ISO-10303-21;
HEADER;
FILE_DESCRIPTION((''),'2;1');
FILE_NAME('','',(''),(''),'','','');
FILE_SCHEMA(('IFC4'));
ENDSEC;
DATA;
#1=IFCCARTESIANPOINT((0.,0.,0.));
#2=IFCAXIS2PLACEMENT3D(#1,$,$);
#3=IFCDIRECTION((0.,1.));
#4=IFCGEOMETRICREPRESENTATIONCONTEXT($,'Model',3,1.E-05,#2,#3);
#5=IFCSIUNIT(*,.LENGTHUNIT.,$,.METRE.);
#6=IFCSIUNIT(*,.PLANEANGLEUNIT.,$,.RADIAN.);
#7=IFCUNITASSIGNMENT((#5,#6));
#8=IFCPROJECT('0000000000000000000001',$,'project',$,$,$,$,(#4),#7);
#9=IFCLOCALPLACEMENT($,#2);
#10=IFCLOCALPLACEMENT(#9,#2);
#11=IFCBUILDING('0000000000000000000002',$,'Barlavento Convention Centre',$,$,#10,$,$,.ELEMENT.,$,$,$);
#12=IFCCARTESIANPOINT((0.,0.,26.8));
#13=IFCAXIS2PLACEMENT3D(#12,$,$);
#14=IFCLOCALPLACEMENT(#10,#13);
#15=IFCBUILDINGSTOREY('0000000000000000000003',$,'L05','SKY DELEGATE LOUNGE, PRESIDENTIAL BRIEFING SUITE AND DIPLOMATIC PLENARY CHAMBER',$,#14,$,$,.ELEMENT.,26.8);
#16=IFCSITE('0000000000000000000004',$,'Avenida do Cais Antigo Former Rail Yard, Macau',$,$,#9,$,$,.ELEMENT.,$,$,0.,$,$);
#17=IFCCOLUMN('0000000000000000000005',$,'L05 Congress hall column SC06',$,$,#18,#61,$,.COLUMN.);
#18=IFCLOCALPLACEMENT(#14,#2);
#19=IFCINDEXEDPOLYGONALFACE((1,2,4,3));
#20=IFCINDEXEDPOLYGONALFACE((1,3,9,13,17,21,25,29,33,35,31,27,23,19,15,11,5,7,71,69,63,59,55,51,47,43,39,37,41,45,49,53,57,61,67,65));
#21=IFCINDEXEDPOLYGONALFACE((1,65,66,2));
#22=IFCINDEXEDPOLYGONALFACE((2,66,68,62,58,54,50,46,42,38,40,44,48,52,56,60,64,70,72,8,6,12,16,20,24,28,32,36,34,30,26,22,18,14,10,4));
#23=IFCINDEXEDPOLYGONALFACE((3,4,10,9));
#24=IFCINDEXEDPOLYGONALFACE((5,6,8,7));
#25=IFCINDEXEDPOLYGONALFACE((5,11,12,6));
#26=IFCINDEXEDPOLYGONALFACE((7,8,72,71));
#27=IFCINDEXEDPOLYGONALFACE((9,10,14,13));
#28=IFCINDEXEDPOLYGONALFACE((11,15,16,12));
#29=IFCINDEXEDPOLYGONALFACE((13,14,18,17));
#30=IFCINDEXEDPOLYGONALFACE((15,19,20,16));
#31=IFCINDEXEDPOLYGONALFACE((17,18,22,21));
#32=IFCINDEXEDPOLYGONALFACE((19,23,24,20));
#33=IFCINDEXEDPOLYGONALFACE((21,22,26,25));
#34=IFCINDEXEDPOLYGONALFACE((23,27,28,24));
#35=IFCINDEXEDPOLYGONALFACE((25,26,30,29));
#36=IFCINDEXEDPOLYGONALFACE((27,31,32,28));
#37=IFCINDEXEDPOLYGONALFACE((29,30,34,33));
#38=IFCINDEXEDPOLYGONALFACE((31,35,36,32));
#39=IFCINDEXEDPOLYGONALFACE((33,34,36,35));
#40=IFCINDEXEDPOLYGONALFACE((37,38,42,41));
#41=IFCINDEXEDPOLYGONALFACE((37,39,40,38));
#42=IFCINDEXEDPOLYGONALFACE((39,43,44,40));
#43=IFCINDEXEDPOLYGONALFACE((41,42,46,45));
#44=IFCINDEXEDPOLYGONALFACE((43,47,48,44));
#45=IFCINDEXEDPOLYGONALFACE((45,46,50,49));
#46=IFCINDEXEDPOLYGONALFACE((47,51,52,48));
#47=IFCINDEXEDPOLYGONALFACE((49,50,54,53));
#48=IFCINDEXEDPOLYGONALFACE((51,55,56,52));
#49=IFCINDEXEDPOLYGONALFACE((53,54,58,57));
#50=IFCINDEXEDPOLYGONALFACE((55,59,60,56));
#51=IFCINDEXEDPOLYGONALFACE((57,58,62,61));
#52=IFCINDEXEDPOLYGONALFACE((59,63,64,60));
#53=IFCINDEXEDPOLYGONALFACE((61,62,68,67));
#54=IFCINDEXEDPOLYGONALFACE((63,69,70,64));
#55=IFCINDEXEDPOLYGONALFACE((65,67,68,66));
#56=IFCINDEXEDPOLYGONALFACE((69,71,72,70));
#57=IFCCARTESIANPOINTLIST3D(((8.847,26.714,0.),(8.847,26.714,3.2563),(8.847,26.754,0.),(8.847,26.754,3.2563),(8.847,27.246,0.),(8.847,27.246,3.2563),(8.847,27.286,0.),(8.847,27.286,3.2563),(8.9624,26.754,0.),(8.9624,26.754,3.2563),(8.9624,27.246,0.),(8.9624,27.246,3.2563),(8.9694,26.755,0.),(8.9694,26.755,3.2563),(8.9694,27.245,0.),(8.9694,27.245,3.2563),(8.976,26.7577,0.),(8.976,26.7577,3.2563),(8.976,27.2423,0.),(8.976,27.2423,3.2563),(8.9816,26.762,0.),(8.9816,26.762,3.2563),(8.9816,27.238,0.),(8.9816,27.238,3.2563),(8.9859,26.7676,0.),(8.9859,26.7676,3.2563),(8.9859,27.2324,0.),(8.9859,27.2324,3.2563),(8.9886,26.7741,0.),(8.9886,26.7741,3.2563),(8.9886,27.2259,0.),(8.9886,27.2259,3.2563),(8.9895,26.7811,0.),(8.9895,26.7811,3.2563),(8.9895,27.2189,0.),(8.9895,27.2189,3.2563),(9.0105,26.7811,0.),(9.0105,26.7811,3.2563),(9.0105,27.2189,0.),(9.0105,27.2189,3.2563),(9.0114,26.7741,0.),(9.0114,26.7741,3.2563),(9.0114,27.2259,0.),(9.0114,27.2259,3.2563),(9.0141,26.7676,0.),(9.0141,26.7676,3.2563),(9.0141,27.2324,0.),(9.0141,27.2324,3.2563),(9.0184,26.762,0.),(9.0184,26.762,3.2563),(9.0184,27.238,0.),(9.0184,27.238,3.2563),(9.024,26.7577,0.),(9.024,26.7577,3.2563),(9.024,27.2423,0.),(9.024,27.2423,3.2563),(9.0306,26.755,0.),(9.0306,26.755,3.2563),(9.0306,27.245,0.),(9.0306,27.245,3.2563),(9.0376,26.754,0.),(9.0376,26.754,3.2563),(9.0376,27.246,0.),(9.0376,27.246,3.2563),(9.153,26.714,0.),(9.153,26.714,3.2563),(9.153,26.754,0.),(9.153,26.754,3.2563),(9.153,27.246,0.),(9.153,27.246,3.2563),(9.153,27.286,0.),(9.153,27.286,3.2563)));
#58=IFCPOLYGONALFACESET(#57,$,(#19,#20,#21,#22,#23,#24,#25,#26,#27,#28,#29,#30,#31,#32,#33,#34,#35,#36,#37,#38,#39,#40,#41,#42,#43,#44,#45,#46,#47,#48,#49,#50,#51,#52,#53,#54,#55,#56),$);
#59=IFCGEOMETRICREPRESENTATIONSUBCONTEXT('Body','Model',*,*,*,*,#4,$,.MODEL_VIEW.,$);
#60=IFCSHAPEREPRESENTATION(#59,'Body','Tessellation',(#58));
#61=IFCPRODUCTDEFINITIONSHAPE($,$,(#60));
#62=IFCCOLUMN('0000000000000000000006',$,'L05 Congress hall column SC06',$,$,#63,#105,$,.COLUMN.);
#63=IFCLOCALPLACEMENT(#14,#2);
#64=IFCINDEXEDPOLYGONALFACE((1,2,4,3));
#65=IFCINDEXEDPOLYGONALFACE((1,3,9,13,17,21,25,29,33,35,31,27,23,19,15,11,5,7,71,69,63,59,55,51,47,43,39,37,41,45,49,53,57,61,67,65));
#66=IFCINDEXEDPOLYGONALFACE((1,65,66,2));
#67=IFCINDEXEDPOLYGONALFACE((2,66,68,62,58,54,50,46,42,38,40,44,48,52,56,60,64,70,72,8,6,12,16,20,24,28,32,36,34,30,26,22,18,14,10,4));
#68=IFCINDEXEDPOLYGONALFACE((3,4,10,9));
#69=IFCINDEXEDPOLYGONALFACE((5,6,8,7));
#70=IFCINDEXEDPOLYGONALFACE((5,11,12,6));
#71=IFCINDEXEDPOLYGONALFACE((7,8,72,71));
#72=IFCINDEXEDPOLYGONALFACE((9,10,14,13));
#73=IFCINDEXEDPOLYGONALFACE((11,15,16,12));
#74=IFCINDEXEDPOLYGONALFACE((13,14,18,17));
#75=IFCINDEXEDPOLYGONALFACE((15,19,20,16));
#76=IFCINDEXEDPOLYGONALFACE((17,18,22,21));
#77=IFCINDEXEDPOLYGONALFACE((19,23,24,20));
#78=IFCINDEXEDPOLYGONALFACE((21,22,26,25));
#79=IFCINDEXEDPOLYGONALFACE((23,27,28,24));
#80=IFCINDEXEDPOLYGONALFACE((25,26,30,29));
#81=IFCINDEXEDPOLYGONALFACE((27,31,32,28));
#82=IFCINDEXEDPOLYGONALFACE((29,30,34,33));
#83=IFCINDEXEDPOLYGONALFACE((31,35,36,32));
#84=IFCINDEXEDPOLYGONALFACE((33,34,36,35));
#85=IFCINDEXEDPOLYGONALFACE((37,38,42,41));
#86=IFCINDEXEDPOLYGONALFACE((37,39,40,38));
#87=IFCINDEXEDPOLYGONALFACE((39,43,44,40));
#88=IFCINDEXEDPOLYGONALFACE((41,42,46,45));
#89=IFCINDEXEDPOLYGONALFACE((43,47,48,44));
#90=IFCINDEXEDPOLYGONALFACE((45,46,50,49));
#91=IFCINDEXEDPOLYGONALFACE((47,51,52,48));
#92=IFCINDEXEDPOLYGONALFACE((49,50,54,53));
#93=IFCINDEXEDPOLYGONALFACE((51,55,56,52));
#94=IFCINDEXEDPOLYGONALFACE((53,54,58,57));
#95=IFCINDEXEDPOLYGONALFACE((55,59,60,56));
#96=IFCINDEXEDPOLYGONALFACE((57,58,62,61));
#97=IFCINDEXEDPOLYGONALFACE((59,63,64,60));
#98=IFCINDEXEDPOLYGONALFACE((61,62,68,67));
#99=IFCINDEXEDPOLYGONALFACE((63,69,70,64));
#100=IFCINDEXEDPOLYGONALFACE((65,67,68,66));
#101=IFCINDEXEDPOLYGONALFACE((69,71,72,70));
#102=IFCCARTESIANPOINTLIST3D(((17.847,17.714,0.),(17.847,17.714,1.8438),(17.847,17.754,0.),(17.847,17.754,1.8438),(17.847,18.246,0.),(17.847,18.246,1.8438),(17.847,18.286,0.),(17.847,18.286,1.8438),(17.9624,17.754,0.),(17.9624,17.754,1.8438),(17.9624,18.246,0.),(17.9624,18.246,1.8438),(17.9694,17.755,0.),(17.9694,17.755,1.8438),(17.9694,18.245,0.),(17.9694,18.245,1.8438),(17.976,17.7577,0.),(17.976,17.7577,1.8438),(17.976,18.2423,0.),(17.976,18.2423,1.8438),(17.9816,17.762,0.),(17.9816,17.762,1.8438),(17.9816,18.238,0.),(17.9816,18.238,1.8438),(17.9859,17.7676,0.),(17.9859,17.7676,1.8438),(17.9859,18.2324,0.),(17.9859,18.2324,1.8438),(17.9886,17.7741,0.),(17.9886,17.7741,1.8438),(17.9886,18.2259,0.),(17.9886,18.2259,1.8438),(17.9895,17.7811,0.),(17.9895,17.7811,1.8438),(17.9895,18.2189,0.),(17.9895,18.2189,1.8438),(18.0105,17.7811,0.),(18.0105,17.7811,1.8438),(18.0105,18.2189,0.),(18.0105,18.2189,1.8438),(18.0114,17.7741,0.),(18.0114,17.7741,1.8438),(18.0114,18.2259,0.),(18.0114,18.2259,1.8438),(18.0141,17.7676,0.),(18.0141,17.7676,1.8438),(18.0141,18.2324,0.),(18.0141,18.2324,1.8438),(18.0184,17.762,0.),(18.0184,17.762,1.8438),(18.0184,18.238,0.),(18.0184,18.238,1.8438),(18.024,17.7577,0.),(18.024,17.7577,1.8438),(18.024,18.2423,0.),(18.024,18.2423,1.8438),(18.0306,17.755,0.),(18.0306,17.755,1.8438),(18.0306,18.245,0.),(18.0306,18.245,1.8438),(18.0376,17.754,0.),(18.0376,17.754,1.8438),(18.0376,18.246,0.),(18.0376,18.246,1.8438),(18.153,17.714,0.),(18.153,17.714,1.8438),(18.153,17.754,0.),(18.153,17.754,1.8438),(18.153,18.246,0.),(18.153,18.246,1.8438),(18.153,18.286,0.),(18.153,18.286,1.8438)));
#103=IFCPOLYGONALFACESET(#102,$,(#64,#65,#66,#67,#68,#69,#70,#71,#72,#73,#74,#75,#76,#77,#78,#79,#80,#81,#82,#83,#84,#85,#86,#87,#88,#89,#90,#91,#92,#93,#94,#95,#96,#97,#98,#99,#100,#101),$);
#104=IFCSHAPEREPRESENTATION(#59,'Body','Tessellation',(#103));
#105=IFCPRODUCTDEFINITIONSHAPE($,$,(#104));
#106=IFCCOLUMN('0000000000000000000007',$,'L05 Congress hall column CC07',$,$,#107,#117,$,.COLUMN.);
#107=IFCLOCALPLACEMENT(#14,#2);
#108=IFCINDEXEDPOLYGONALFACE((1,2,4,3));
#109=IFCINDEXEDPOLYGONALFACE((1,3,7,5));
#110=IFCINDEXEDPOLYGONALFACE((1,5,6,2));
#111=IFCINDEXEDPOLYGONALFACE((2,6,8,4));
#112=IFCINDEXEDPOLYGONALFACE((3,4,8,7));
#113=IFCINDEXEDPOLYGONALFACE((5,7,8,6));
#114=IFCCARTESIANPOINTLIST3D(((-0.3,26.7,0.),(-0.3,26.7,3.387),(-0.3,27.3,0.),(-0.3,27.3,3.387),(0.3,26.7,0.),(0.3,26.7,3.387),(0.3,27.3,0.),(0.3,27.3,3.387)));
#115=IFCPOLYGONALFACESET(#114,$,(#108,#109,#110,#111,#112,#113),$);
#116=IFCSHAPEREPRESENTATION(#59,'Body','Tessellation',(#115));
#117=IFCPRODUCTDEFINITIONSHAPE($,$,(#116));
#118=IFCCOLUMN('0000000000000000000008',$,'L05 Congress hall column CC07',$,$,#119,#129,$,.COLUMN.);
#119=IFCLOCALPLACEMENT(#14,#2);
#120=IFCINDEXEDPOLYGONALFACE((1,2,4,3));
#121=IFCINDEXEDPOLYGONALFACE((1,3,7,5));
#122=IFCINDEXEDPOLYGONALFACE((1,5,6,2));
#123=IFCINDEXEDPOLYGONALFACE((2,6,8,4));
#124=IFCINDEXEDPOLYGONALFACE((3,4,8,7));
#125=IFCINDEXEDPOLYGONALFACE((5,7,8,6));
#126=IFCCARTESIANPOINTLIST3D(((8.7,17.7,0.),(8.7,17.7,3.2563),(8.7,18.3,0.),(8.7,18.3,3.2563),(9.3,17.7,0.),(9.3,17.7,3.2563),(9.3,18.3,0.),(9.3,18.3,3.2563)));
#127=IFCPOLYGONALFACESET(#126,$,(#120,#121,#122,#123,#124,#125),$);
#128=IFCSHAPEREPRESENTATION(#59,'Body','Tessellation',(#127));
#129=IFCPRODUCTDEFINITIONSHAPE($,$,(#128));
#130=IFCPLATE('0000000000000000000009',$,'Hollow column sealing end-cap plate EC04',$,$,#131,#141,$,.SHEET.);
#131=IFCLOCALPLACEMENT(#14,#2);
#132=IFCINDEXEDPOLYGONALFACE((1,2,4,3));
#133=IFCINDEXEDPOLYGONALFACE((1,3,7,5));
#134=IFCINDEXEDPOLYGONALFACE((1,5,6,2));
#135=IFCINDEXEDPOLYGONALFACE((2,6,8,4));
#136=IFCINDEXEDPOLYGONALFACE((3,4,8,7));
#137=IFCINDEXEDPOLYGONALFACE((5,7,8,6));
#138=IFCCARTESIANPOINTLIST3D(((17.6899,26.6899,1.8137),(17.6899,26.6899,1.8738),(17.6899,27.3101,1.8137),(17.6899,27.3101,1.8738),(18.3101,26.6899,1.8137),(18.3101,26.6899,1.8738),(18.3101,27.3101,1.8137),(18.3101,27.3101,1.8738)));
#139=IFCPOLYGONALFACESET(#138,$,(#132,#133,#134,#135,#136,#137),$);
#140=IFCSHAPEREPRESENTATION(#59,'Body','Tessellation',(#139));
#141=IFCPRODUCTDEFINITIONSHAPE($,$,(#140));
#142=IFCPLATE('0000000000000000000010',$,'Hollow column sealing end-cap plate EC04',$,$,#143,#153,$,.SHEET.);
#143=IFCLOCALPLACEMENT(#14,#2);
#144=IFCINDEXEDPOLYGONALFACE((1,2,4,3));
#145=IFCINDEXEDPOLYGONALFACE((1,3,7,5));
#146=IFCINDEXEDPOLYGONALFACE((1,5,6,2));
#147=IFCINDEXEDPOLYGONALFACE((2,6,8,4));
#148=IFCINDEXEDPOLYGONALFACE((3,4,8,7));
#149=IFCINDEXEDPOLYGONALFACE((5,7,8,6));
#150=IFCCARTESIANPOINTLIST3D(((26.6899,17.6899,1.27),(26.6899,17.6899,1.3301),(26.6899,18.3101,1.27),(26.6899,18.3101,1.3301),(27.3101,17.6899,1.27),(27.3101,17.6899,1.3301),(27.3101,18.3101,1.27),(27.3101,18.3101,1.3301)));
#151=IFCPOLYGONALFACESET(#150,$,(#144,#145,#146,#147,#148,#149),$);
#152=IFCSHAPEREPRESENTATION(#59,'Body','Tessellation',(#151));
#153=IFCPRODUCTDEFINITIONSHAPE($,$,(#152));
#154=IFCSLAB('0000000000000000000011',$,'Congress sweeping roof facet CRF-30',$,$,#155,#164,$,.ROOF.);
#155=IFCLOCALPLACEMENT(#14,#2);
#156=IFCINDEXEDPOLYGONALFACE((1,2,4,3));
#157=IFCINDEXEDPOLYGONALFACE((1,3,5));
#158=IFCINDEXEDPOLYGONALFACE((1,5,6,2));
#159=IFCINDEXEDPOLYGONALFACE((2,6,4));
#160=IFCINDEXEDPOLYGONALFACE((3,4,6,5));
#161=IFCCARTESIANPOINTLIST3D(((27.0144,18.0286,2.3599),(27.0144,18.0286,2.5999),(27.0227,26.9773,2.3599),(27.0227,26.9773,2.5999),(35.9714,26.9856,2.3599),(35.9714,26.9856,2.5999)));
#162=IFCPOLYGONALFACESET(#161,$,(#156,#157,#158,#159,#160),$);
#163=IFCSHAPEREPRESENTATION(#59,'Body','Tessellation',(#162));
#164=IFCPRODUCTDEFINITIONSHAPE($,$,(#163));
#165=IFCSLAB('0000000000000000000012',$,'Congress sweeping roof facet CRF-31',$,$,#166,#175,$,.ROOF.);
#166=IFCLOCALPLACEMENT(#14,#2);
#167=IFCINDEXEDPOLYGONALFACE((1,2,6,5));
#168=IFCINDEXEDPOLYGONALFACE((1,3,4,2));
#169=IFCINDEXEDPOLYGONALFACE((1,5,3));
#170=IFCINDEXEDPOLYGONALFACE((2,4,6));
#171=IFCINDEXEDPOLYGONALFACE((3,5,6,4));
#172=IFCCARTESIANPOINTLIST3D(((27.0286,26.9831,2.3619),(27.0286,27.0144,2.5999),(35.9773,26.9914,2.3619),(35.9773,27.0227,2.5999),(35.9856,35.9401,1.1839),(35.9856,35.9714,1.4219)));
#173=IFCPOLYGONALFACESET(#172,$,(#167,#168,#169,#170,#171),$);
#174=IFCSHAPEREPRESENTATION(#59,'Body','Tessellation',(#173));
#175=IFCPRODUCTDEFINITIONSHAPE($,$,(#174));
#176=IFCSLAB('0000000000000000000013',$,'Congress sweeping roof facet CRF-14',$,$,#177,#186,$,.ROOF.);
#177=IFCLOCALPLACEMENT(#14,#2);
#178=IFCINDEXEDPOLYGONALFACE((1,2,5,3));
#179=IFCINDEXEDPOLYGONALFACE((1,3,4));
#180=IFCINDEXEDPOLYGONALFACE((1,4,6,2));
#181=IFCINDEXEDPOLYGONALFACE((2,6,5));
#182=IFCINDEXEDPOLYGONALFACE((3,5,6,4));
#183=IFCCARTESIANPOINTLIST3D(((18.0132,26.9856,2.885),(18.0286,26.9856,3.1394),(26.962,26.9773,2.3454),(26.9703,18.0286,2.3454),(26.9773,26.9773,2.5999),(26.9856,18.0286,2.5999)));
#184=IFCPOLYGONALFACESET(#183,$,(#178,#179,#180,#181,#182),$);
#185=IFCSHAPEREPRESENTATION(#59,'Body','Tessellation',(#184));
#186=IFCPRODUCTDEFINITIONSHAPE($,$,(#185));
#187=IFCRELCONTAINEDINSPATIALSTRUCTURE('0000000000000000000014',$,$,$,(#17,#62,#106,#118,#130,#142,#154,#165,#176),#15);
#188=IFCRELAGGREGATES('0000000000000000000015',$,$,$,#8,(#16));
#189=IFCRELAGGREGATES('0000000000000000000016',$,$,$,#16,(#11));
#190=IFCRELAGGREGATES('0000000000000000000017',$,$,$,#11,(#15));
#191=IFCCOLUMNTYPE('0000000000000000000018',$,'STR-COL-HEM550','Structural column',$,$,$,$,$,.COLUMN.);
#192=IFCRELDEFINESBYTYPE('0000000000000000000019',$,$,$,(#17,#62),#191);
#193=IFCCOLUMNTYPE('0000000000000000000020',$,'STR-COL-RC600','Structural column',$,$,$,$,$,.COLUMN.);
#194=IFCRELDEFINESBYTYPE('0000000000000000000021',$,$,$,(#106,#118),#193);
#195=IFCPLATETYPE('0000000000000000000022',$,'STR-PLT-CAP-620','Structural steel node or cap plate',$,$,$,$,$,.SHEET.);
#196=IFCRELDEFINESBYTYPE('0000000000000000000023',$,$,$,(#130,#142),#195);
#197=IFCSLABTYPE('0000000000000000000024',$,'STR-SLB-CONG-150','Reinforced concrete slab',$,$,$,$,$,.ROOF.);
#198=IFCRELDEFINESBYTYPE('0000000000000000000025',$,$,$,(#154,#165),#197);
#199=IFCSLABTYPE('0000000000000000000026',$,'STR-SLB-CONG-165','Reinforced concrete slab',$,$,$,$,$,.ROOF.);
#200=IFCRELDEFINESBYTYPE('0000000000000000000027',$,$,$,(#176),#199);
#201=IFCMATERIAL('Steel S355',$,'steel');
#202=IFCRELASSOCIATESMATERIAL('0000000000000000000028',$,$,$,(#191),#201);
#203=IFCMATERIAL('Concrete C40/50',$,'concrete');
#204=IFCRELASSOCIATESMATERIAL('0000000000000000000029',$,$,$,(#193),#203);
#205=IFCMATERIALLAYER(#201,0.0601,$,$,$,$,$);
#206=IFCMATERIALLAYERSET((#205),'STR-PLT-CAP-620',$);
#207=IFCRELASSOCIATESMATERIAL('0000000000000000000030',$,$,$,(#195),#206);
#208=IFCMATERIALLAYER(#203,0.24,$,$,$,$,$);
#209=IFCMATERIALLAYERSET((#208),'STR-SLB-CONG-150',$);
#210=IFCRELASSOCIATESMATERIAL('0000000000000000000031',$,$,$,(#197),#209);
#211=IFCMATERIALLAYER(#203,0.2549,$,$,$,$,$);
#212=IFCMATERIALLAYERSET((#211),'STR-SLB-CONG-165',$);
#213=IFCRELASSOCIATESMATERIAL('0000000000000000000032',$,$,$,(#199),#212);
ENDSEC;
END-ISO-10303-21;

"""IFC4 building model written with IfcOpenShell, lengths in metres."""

from ifc_helpers import new_model, si_unit, direction, frame, origin, origin_2d, place, context, subcontext, project, spatial, polyline, rectangle, i_section, outline, extrude, material, layer, layer_set, material_profile, profile_set, type_object, element, save


model = new_model("IFC4")

# Units and contexts
model_context = context("Model", 3, precision=1e-05, world=origin(), true_north=direction((0.0, 1.0)))
body_context = subcontext(model_context, "Body", "Model", "MODEL_VIEW")
ifc_project = project(units=[si_unit("LENGTHUNIT", "METRE"), si_unit("PLANEANGLEUNIT", "RADIAN")], contexts=[model_context])

# Site, building, storey
site_placement = place(None, origin())
site = spatial("IfcSite", under=ifc_project, at=site_placement, Name="Avenida do Cais Antigo Former Rail Yard, Macau", CompositionType="ELEMENT", RefElevation=0.0)
building_placement = place(site_placement, origin())
building = spatial("IfcBuilding", under=site, at=building_placement, Name="Barlavento Convention Centre", CompositionType="ELEMENT")
storey_placement = place(building_placement, frame((0.0, 0.0, 26.8)))
storey = spatial("IfcBuildingStorey", under=building, at=storey_placement, Name="L05", Description="SKY DELEGATE LOUNGE, PRESIDENTIAL BRIEFING SUITE AND DIPLOMATIC PLENARY CHAMBER", CompositionType="ELEMENT", Elevation=26.8)

# Columns
ifc_material_1 = material(Name="Steel S355", Category="steel")
ifc_material_profile_1 = material_profile(ifc_material_1, i_section(OverallWidth=0.3059, OverallDepth=0.572, WebThickness=0.021, FlangeThickness=0.04, FilletRadius=0.0271, at=origin_2d()), Name="HEM 550")
ifc_profile_set_1 = profile_set([ifc_material_profile_1], Name="Steel S355")
column_type_1 = type_object("IfcColumnType", Name="STR-COL-HEM550", Description="Structural column", PredefinedType="COLUMN", material=ifc_profile_set_1)
column_1_placement = place(storey_placement, frame((9.0, 27.0, 0.0), z_axis=(0.0, 0.0, 1.0), x_axis=(1.0, 0.0, 0.0)))
element("IfcColumn", 1, at=column_1_placement, inside=storey, type_object=column_type_1, Name="L05 Congress hall column SC06", PredefinedType="COLUMN", context=body_context, shape_type="SweptSolid", body=[
    extrude(i_section(OverallWidth=0.3059, OverallDepth=0.572, WebThickness=0.021, FlangeThickness=0.04, FilletRadius=0.0271, at=origin_2d()), origin(), (0.0, 0.0, 1.0), 3.2563),
])
column_2_placement = place(storey_placement, frame((18.0, 18.0, 0.0), z_axis=(0.0, 0.0, 1.0), x_axis=(1.0, 0.0, 0.0)))
element("IfcColumn", 2, at=column_2_placement, inside=storey, type_object=column_type_1, Name="L05 Congress hall column SC06", PredefinedType="COLUMN", context=body_context, shape_type="SweptSolid", body=[
    extrude(i_section(OverallWidth=0.3059, OverallDepth=0.572, WebThickness=0.021, FlangeThickness=0.04, FilletRadius=0.0271, at=origin_2d()), origin(), (0.0, 0.0, 1.0), 1.8438),
])
ifc_material_2 = material(Name="Concrete C40/50", Category="concrete")
ifc_material_profile_2 = material_profile(ifc_material_2, rectangle(XDim=0.6001, YDim=0.6001, at=origin_2d()), Name="RC 600x600")
ifc_profile_set_2 = profile_set([ifc_material_profile_2], Name="Concrete C40/50")
column_type_2 = type_object("IfcColumnType", Name="STR-COL-RC600", Description="Structural column", PredefinedType="COLUMN", material=ifc_profile_set_2)
column_3_placement = place(storey_placement, frame((0.0, 27.0, 0.0), z_axis=(0.0, 0.0, 1.0), x_axis=(1.0, 0.0, 0.0)))
element("IfcColumn", 3, at=column_3_placement, inside=storey, type_object=column_type_2, Name="L05 Congress hall column CC07", PredefinedType="COLUMN", context=body_context, shape_type="SweptSolid", body=[
    extrude(rectangle(XDim=0.6001, YDim=0.6001, at=origin_2d()), origin(), (0.0, 0.0, 1.0), 3.387),
])
column_4_placement = place(storey_placement, frame((9.0, 18.0, 0.0), z_axis=(0.0, 0.0, 1.0), x_axis=(1.0, 0.0, 0.0)))
element("IfcColumn", 4, at=column_4_placement, inside=storey, type_object=column_type_2, Name="L05 Congress hall column CC07", PredefinedType="COLUMN", context=body_context, shape_type="SweptSolid", body=[
    extrude(rectangle(XDim=0.6001, YDim=0.6001, at=origin_2d()), origin(), (0.0, 0.0, 1.0), 3.2563),
])

# Plates
ifc_layer_1 = layer(ifc_material_1, 0.0601)
ifc_layer_set_1 = layer_set([ifc_layer_1], Name="STR-PLT-CAP-620")
plate_type = type_object("IfcPlateType", Name="STR-PLT-CAP-620", Description="Structural steel node or cap plate", PredefinedType="SHEET", material=ifc_layer_set_1)
for number, where, z_axis, x_axis, name in (
    (5, (18.0, 27.0, 1.8137), (0.0, 0.0, 1.0), (1.0, 0.0, 0.0), "Hollow column sealing end-cap plate EC04"),
    (6, (27.0, 18.0, 1.27), (0.0, 0.0, 1.0), (1.0, 0.0, 0.0), "Hollow column sealing end-cap plate EC04"),
):
    element("IfcPlate", number, at=place(storey_placement, frame(where, z_axis=z_axis, x_axis=x_axis)), inside=storey, type_object=plate_type, Name=name, PredefinedType="SHEET", context=body_context, shape_type="SweptSolid", body=[
        extrude(rectangle(XDim=0.6201, YDim=0.6201, at=origin_2d()), origin(), (0.0, 0.0, 1.0), 0.0601),
    ])

# Slabs
ifc_layer_2 = layer(ifc_material_2, 0.24)
ifc_layer_set_2 = layer_set([ifc_layer_2], Name="STR-SLB-CONG-150")
slab_type_1 = type_object("IfcSlabType", Name="STR-SLB-CONG-150", Description="Reinforced concrete slab", PredefinedType="ROOF", material=ifc_layer_set_2)
slab_1_placement = place(storey_placement, frame((27.0144, 18.0286, 2.5999), z_axis=(0.0, 0.0, 1.0), x_axis=(0.707107, 0.707107, 0.0)))
element("IfcSlab", 7, at=slab_1_placement, inside=storey, type_object=slab_type_1, Name="Congress sweeping roof facet CRF-30", PredefinedType="ROOF", context=body_context, shape_type="SweptSolid", body=[
    extrude(outline(polyline([(0.0, 0.0), (12.6672, 0.0), (6.3336, 6.3218), (0.0, 0.0)])), origin(), (0.0, 0.0, -1.0), 0.24),
])
slab_2_placement = place(storey_placement, frame((27.0286, 27.0144, 2.5999), z_axis=(-0.000121, 0.130511, 0.991447), x_axis=(1.0, 0.000928, 0.0)))
element("IfcSlab", 8, at=slab_2_placement, inside=storey, type_object=slab_type_1, Name="Congress sweeping roof facet CRF-31", PredefinedType="ROOF", context=body_context, shape_type="SweptSolid", body=[
    extrude(outline(polyline([(0.0, 0.0), (8.9487, 0.0), (8.9653, 9.0259), (0.0, 0.0)])), origin(), (0.0, 0.0, -1.0), 0.24),
])
ifc_layer_3 = layer(ifc_material_2, 0.2549)
ifc_layer_set_3 = layer_set([ifc_layer_3], Name="STR-SLB-CONG-165")
slab_type_2 = type_object("IfcSlabType", Name="STR-SLB-CONG-165", Description="Reinforced concrete slab", PredefinedType="ROOF", material=ifc_layer_set_3)
slab_3_placement = place(storey_placement, frame((26.9856, 18.0286, 2.5999), z_axis=(0.060184, 0.000056, 0.998187), x_axis=(-0.000928, 1.0, 0.0)))
element("IfcSlab", 9, at=slab_3_placement, inside=storey, type_object=slab_type_2, Name="Congress sweeping roof facet CRF-14", PredefinedType="ROOF", context=body_context, shape_type="SweptSolid", body=[
    extrude(outline(polyline([(0.0, 0.0), (8.9487, 0.0), (8.9653, 8.965), (0.0, 0.0)])), origin(), (0.0, 0.0, -1.0), 0.2549),
])

save(model, "model.ifc")
